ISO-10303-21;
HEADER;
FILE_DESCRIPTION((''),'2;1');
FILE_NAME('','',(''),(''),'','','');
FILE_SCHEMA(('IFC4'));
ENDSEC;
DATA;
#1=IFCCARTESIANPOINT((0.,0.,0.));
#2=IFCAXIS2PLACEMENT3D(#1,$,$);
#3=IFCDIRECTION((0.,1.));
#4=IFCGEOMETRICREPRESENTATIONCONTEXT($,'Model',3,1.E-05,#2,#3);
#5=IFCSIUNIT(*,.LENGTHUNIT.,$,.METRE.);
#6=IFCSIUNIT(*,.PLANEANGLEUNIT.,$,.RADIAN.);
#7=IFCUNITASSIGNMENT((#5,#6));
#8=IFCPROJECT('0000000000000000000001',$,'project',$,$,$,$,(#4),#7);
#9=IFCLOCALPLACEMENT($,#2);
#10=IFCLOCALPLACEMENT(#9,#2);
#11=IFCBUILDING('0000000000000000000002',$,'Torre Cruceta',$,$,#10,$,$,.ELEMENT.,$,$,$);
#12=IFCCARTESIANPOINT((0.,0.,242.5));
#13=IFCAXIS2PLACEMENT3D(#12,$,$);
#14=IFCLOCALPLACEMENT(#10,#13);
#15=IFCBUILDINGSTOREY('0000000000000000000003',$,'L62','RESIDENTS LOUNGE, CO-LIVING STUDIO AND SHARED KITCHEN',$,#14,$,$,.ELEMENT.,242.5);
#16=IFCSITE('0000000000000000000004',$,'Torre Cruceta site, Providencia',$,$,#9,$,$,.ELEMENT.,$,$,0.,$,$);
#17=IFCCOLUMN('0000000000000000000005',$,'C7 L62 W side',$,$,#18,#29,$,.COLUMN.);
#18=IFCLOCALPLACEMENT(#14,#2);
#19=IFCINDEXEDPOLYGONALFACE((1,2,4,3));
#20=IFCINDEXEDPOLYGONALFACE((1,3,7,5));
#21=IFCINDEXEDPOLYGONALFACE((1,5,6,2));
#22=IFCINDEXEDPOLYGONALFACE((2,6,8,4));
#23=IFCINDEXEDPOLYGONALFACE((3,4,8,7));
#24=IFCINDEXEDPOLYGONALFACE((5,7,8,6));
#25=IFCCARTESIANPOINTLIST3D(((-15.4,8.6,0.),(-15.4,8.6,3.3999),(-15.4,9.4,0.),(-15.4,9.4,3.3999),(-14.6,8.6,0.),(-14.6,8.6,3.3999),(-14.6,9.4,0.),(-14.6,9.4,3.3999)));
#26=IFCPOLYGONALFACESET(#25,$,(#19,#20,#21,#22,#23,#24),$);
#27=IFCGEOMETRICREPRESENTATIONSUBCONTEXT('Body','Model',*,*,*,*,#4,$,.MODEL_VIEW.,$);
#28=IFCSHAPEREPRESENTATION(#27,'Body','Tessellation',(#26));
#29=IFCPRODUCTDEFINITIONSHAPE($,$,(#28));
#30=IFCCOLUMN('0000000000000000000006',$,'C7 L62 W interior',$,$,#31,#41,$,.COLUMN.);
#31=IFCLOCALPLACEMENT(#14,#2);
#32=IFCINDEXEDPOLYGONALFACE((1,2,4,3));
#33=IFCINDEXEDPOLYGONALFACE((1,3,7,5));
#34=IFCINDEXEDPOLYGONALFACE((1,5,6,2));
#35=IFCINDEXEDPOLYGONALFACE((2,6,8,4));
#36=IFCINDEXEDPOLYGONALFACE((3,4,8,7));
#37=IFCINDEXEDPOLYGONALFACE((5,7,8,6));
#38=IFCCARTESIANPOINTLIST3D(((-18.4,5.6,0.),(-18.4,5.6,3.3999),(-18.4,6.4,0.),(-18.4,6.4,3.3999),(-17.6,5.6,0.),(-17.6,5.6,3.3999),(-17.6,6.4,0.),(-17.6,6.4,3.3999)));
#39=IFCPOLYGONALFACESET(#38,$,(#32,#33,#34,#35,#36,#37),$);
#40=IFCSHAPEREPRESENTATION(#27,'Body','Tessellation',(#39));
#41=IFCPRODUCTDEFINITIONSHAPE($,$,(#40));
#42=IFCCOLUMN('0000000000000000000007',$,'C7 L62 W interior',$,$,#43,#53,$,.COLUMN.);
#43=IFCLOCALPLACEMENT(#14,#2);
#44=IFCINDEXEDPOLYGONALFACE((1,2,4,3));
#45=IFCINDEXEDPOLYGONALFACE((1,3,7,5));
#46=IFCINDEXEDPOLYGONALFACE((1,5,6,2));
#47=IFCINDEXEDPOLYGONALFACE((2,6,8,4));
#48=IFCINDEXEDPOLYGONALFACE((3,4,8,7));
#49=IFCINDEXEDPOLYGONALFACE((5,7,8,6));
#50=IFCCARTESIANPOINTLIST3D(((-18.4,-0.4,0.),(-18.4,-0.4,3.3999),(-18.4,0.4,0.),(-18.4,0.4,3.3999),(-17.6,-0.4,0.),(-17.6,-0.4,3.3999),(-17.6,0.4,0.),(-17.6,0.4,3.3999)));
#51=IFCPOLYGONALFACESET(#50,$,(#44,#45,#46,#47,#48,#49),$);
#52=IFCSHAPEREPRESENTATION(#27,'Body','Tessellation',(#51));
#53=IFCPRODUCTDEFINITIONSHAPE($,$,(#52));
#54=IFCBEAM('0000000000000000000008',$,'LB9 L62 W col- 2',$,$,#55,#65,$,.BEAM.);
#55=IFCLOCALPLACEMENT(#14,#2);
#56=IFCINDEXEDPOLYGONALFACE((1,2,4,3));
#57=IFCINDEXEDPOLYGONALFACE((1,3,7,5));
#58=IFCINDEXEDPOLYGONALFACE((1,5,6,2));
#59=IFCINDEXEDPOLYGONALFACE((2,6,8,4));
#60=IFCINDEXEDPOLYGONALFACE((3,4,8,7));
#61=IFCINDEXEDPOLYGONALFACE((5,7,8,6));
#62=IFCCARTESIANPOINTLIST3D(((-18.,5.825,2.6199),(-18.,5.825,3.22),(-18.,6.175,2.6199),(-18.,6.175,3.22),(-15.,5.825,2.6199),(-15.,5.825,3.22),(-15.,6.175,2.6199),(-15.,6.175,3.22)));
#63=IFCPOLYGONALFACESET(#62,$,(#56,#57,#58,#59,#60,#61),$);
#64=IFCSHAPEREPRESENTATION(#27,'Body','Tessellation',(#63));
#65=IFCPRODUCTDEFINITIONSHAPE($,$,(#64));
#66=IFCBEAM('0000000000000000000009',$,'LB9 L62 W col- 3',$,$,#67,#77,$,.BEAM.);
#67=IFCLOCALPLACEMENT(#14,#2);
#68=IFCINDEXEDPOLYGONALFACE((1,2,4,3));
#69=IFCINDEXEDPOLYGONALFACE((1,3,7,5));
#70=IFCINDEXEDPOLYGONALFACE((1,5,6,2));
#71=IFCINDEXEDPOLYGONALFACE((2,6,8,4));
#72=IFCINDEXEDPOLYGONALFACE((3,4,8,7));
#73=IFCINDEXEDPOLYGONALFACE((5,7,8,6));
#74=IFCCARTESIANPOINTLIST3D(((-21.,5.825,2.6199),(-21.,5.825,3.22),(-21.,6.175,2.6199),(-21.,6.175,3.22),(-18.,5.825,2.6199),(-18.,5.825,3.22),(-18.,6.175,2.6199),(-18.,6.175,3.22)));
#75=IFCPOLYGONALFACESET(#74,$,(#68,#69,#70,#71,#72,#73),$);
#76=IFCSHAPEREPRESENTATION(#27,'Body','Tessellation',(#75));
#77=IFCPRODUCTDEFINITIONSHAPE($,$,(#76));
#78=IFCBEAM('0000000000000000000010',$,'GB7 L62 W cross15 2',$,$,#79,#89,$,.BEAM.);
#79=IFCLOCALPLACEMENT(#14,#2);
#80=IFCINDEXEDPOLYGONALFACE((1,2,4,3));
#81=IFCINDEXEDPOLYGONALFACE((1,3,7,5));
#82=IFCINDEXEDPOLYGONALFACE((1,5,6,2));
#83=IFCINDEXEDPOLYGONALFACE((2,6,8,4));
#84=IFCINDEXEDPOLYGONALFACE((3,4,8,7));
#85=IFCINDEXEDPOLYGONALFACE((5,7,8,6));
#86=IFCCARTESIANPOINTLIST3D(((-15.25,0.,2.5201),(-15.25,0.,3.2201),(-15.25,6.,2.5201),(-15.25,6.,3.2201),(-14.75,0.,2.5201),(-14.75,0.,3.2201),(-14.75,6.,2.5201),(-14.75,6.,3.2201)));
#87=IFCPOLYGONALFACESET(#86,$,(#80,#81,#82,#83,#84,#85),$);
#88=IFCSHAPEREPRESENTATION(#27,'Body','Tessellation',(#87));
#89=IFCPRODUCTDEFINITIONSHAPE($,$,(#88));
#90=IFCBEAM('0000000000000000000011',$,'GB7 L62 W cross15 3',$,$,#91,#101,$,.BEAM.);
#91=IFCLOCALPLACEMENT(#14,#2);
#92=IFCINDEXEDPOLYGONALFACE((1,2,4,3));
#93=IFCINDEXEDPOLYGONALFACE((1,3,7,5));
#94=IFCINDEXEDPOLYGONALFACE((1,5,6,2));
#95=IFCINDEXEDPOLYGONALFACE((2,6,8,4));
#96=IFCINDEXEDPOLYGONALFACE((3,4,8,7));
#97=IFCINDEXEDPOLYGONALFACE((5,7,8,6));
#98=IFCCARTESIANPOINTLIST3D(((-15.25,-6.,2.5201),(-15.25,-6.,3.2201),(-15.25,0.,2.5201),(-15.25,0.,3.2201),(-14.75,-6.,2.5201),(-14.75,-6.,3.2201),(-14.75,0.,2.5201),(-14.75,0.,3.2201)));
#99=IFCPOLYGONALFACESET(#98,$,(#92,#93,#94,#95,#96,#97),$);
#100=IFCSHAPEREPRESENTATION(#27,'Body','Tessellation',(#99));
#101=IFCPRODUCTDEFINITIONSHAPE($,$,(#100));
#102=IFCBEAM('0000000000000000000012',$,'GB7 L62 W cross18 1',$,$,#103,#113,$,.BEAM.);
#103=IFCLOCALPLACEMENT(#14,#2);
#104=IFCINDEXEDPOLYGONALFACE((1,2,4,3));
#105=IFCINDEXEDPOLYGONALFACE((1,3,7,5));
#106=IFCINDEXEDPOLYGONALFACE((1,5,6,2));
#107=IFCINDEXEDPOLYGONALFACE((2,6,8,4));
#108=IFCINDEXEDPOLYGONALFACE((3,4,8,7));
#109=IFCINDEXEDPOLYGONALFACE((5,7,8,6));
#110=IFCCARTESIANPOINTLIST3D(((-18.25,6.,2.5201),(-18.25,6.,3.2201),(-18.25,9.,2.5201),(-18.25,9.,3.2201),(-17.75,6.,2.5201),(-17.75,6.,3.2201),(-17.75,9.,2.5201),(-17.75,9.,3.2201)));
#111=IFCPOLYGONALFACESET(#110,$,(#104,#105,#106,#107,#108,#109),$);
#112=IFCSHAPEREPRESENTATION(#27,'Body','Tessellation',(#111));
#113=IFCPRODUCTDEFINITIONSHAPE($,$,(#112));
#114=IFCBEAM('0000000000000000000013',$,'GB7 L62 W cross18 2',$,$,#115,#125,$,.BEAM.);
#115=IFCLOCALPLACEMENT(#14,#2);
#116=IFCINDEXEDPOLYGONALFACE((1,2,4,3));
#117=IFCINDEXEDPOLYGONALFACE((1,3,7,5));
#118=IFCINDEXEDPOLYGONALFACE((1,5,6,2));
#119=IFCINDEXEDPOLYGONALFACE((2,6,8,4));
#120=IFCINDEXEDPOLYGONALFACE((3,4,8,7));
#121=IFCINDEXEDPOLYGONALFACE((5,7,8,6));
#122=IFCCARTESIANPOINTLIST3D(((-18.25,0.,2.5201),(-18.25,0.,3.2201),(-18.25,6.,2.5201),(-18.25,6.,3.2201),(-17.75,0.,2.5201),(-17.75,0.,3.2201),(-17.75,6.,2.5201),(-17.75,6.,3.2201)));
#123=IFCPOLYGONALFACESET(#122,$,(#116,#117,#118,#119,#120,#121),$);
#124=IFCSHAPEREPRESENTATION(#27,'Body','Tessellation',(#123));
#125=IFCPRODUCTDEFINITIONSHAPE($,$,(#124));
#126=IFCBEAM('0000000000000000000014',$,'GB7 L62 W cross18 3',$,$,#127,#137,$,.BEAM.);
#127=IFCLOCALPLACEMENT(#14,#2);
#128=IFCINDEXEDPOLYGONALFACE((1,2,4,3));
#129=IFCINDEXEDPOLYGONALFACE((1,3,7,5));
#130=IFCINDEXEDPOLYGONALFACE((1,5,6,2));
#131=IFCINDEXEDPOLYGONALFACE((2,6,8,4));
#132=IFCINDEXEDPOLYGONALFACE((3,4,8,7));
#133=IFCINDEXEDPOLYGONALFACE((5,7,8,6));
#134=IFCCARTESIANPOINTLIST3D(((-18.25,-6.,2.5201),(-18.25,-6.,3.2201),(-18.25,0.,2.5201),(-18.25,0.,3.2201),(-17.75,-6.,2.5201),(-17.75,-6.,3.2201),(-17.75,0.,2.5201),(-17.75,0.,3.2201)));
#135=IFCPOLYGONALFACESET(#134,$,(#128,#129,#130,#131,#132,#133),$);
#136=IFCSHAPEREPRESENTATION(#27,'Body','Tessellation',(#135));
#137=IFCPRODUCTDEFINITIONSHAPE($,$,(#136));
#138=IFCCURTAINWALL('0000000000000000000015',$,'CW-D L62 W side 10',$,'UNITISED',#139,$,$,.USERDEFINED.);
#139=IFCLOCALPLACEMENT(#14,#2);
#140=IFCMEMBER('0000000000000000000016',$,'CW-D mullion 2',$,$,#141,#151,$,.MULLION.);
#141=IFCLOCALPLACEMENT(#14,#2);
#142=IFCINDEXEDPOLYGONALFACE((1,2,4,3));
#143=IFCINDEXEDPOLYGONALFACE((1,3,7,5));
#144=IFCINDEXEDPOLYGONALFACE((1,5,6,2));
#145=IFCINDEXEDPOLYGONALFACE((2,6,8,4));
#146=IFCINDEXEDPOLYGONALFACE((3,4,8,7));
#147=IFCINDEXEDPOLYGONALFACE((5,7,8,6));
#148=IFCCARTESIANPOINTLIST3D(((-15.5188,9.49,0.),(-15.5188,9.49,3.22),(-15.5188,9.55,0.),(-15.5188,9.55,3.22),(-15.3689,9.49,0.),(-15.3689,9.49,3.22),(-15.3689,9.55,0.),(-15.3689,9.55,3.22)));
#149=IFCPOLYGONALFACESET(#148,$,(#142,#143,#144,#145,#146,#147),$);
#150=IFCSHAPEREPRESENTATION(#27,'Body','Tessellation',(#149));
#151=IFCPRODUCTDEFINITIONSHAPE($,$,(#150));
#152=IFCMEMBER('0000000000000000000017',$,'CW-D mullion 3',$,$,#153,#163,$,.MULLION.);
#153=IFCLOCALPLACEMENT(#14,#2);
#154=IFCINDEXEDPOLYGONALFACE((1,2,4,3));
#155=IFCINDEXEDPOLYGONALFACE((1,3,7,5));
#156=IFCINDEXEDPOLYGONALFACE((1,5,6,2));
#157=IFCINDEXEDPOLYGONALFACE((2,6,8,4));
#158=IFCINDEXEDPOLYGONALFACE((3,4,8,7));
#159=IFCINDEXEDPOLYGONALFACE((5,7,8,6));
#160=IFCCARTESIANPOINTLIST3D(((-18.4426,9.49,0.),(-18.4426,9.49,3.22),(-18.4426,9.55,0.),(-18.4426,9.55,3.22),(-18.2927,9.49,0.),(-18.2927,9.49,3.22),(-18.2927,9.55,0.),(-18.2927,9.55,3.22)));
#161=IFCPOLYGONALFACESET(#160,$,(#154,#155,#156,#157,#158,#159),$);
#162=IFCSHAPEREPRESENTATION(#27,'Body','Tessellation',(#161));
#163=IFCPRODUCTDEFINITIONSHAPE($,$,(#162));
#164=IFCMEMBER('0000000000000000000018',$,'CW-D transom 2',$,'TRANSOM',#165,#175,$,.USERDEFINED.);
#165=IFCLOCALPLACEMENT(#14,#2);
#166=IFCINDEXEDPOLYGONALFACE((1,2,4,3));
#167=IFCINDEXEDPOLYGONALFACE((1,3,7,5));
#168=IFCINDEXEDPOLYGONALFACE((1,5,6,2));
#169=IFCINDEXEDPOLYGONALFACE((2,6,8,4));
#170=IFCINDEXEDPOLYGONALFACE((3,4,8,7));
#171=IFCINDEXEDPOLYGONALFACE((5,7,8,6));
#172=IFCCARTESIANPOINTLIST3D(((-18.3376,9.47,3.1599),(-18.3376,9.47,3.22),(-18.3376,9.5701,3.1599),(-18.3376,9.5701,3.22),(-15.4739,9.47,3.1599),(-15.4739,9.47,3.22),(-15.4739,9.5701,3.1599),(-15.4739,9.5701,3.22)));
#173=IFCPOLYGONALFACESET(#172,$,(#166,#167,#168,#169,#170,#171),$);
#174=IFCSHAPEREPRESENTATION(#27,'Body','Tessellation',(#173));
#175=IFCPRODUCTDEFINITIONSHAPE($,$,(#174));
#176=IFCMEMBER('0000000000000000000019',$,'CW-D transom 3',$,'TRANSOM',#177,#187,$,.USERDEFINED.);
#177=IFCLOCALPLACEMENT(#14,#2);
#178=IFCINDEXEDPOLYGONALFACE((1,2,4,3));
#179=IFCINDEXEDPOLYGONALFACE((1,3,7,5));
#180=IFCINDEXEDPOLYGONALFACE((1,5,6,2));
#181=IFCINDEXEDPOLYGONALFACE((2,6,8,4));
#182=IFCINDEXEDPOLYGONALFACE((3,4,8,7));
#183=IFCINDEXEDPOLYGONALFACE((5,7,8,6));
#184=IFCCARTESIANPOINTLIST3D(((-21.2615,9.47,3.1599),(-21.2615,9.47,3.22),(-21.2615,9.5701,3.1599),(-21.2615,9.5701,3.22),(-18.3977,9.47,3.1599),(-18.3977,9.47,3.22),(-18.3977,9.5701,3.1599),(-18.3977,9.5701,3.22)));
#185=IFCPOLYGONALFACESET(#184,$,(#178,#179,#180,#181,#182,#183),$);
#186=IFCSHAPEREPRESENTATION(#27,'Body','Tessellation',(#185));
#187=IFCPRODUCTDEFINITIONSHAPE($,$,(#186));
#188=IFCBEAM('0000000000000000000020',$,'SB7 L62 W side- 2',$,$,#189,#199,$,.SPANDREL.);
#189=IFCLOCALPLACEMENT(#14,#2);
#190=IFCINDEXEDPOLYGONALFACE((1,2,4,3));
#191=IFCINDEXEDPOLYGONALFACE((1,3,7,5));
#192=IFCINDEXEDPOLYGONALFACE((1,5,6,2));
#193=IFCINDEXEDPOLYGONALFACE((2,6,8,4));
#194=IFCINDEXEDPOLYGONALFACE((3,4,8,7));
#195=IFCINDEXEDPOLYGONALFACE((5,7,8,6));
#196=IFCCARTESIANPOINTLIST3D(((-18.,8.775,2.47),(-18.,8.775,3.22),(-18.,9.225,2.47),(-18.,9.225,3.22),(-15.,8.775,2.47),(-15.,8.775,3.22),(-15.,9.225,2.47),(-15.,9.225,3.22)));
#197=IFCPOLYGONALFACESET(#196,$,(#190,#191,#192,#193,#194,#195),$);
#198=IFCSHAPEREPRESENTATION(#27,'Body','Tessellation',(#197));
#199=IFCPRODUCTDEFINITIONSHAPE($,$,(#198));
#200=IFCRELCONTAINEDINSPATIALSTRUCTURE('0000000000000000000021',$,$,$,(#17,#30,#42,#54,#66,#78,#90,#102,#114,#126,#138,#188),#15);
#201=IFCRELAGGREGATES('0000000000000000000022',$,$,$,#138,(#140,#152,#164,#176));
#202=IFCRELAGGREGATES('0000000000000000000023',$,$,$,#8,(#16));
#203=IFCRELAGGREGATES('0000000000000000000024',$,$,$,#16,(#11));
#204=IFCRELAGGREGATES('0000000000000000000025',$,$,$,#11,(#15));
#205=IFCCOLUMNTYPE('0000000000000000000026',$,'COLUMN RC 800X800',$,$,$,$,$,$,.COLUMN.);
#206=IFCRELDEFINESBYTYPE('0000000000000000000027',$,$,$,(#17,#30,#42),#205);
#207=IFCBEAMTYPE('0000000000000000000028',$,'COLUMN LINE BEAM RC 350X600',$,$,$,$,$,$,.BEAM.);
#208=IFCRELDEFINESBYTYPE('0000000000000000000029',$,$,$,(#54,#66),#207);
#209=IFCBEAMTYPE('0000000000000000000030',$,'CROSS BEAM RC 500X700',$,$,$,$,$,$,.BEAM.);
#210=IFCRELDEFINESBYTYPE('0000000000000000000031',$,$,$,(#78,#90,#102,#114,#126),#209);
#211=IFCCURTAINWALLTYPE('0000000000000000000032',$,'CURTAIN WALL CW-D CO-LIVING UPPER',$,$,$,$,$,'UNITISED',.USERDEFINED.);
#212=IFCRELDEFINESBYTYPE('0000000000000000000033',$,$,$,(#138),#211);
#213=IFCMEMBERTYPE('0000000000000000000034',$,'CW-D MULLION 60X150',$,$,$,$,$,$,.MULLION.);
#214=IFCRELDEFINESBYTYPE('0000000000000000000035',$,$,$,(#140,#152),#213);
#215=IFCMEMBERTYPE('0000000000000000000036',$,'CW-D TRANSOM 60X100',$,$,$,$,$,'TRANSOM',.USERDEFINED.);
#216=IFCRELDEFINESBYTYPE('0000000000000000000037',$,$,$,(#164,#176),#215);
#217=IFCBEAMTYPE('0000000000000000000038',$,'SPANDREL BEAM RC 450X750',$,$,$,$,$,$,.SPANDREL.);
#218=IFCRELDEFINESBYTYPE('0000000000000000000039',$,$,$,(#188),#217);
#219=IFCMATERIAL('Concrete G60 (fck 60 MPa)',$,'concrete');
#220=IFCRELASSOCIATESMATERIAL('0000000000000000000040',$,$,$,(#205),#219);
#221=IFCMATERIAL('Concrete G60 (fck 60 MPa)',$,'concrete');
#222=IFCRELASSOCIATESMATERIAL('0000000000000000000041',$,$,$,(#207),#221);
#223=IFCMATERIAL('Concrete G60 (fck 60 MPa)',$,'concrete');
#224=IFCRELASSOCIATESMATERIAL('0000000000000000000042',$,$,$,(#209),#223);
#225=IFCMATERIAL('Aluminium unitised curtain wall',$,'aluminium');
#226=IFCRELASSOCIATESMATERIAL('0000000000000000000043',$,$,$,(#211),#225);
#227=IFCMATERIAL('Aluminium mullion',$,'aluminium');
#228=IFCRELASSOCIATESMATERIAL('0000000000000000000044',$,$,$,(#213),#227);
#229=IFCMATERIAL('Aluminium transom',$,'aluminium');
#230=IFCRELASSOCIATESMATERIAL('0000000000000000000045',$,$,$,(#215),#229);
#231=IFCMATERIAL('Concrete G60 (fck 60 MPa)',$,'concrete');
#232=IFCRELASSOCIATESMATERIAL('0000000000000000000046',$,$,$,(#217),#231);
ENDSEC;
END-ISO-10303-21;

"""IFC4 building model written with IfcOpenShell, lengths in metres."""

from ifc_helpers import new_model, si_unit, direction, frame, origin, origin_2d, place, context, subcontext, project, spatial, rectangle, extrude, material, material_profile, profile_set, type_object, element, aggregate, save


model = new_model("IFC4")

# Units and contexts
model_context = context("Model", 3, precision=1e-05, world=origin(), true_north=direction((0.0, 1.0)))
body_context = subcontext(model_context, "Body", "Model", "MODEL_VIEW")
ifc_project = project(units=[si_unit("LENGTHUNIT", "METRE"), si_unit("PLANEANGLEUNIT", "RADIAN")], contexts=[model_context])

# Site, building, storey
site_placement = place(None, origin())
site = spatial("IfcSite", under=ifc_project, at=site_placement, Name="Torre Cruceta site, Providencia", CompositionType="ELEMENT", RefElevation=0.0)
building_placement = place(site_placement, origin())
building = spatial("IfcBuilding", under=site, at=building_placement, Name="Torre Cruceta", CompositionType="ELEMENT")
storey_placement = place(building_placement, frame((0.0, 0.0, 242.5)))
storey = spatial("IfcBuildingStorey", under=building, at=storey_placement, Name="L62", Description="RESIDENTS LOUNGE, CO-LIVING STUDIO AND SHARED KITCHEN", CompositionType="ELEMENT", Elevation=242.5)

# Columns
ifc_material_1 = material(Name="Concrete G60 (fck 60 MPa)", Category="concrete")
ifc_material_profile_1 = material_profile(ifc_material_1, rectangle(XDim=0.8, YDim=0.8, at=origin_2d()), Name="RC 800X800")
ifc_profile_set_1 = profile_set([ifc_material_profile_1], Name="Concrete G60 (fck 60 MPa)")
column_type = type_object("IfcColumnType", Name="COLUMN RC 800X800", PredefinedType="COLUMN", material=ifc_profile_set_1)
for number, where, z_axis, x_axis, name in (
    (1, (-15.0, 9.0, 0.0), (0.0, 0.0, 1.0), (1.0, 0.0, 0.0), "C7 L62 W side"),
    (2, (-18.0, 6.0, 0.0), (0.0, 0.0, 1.0), (1.0, 0.0, 0.0), "C7 L62 W interior"),
    (3, (-18.0, 0.0, 0.0), (0.0, 0.0, 1.0), (1.0, 0.0, 0.0), "C7 L62 W interior"),
):
    element("IfcColumn", number, at=place(storey_placement, frame(where, z_axis=z_axis, x_axis=x_axis)), inside=storey, type_object=column_type, Name=name, PredefinedType="COLUMN", context=body_context, shape_type="SweptSolid", body=[
        extrude(rectangle(XDim=0.8, YDim=0.8, at=origin_2d()), origin(), (0.0, 0.0, 1.0), 3.3999),
    ])

# Beams
ifc_material_2 = material(Name="Concrete G60 (fck 60 MPa)", Category="concrete")
ifc_material_profile_2 = material_profile(ifc_material_2, rectangle(XDim=0.3501, YDim=0.6001, at=origin_2d()), Name="RC 350X600")
ifc_profile_set_2 = profile_set([ifc_material_profile_2], Name="Concrete G60 (fck 60 MPa)")
beam_type_1 = type_object("IfcBeamType", Name="COLUMN LINE BEAM RC 350X600", PredefinedType="BEAM", material=ifc_profile_set_2)
for number, where, z_axis, x_axis, name in (
    (4, (-15.0, 6.0, 2.9199), (-1.0, 0.0, 0.0), (0.0, -1.0, 0.0), "LB9 L62 W col- 2"),
    (5, (-18.0, 6.0, 2.9199), (-1.0, 0.0, 0.0), (0.0, -1.0, 0.0), "LB9 L62 W col- 3"),
):
    element("IfcBeam", number, at=place(storey_placement, frame(where, z_axis=z_axis, x_axis=x_axis)), inside=storey, type_object=beam_type_1, Name=name, PredefinedType="BEAM", context=body_context, shape_type="SweptSolid", body=[
        extrude(rectangle(XDim=0.3501, YDim=0.6001, at=origin_2d()), origin(), (0.0, 0.0, 1.0), 3.0),
    ])
ifc_material_3 = material(Name="Concrete G60 (fck 60 MPa)", Category="concrete")
ifc_material_profile_3 = material_profile(ifc_material_3, rectangle(XDim=0.5, YDim=0.7, at=origin_2d()), Name="RC 500X700")
ifc_profile_set_3 = profile_set([ifc_material_profile_3], Name="Concrete G60 (fck 60 MPa)")
beam_type_2 = type_object("IfcBeamType", Name="CROSS BEAM RC 500X700", PredefinedType="BEAM", material=ifc_profile_set_3)
for number, where, z_axis, x_axis, name in (
    (6, (-15.0, 6.0, 2.8701), (0.0, -1.0, 0.0), (1.0, 0.0, 0.0), "GB7 L62 W cross15 2"),
    (7, (-15.0, 0.0, 2.8701), (0.0, -1.0, 0.0), (1.0, 0.0, 0.0), "GB7 L62 W cross15 3"),
):
    element("IfcBeam", number, at=place(storey_placement, frame(where, z_axis=z_axis, x_axis=x_axis)), inside=storey, type_object=beam_type_2, Name=name, PredefinedType="BEAM", context=body_context, shape_type="SweptSolid", body=[
        extrude(rectangle(XDim=0.5, YDim=0.7, at=origin_2d()), origin(), (0.0, 0.0, 1.0), 6.0),
    ])
beam_placement = place(storey_placement, frame((-18.0, 9.0, 2.8701), z_axis=(0.0, -1.0, 0.0), x_axis=(1.0, 0.0, 0.0)))
element("IfcBeam", 8, at=beam_placement, inside=storey, type_object=beam_type_2, Name="GB7 L62 W cross18 1", PredefinedType="BEAM", context=body_context, shape_type="SweptSolid", body=[
    extrude(rectangle(XDim=0.5, YDim=0.7, at=origin_2d()), origin(), (0.0, 0.0, 1.0), 3.0),
])
for number, where, z_axis, x_axis, name in (
    (9, (-18.0, 6.0, 2.8701), (0.0, -1.0, 0.0), (1.0, 0.0, 0.0), "GB7 L62 W cross18 2"),
    (10, (-18.0, 0.0, 2.8701), (0.0, -1.0, 0.0), (1.0, 0.0, 0.0), "GB7 L62 W cross18 3"),
):
    element("IfcBeam", number, at=place(storey_placement, frame(where, z_axis=z_axis, x_axis=x_axis)), inside=storey, type_object=beam_type_2, Name=name, PredefinedType="BEAM", context=body_context, shape_type="SweptSolid", body=[
        extrude(rectangle(XDim=0.5, YDim=0.7, at=origin_2d()), origin(), (0.0, 0.0, 1.0), 6.0),
    ])

# Curtain wall, members
ifc_material_4 = material(Name="Aluminium unitised curtain wall", Category="aluminium")
curtain_wall_type = type_object("IfcCurtainWallType", Name="CURTAIN WALL CW-D CO-LIVING UPPER", ElementType="UNITISED", PredefinedType="USERDEFINED", material=ifc_material_4)
curtain_wall_placement = place(storey_placement, origin())
curtain_wall = element("IfcCurtainWall", 11, at=curtain_wall_placement, inside=storey, type_object=curtain_wall_type, Name="CW-D L62 W side 10", ObjectType="UNITISED", PredefinedType="USERDEFINED")
ifc_material_5 = material(Name="Aluminium mullion", Category="aluminium")
ifc_material_profile_4 = material_profile(ifc_material_5, rectangle(XDim=0.0601, YDim=0.1499, at=origin_2d()), Name="AL 60X150")
ifc_profile_set_4 = profile_set([ifc_material_profile_4], Name="Aluminium mullion")
member_type_1 = type_object("IfcMemberType", Name="CW-D MULLION 60X150", PredefinedType="MULLION", material=ifc_profile_set_4)
member_1_placement = place(storey_placement, frame((-15.4438, 9.52, 0.0), z_axis=(0.0, 0.0, 1.0), x_axis=(0.0, -1.0, 0.0)))
member_1 = element("IfcMember", 12, at=member_1_placement, type_object=member_type_1, Name="CW-D mullion 2", PredefinedType="MULLION", context=body_context, shape_type="SweptSolid", body=[
    extrude(rectangle(XDim=0.0601, YDim=0.1499, at=origin_2d()), origin(), (0.0, 0.0, 1.0), 3.22),
])
member_2_placement = place(storey_placement, frame((-18.3677, 9.52, 0.0), z_axis=(0.0, 0.0, 1.0), x_axis=(0.0, -1.0, 0.0)))
member_2 = element("IfcMember", 13, at=member_2_placement, type_object=member_type_1, Name="CW-D mullion 3", PredefinedType="MULLION", context=body_context, shape_type="SweptSolid", body=[
    extrude(rectangle(XDim=0.0601, YDim=0.1499, at=origin_2d()), origin(), (0.0, 0.0, 1.0), 3.22),
])
ifc_material_6 = material(Name="Aluminium transom", Category="aluminium")
ifc_material_profile_5 = material_profile(ifc_material_6, rectangle(XDim=0.1001, YDim=0.0601, at=origin_2d()), Name="AL 100X60")
ifc_profile_set_5 = profile_set([ifc_material_profile_5], Name="Aluminium transom")
member_type_2 = type_object("IfcMemberType", Name="CW-D TRANSOM 60X100", ElementType="TRANSOM", PredefinedType="USERDEFINED", material=ifc_profile_set_5)
member_3_placement = place(storey_placement, frame((-15.4739, 9.52, 3.1899), z_axis=(-1.0, 0.0, 0.0), x_axis=(0.0, -1.0, 0.0)))
member_3 = element("IfcMember", 14, at=member_3_placement, type_object=member_type_2, Name="CW-D transom 2", ObjectType="TRANSOM", PredefinedType="USERDEFINED", context=body_context, shape_type="SweptSolid", body=[
    extrude(rectangle(XDim=0.1001, YDim=0.0601, at=origin_2d()), origin(), (0.0, 0.0, 1.0), 2.8638),
])
member_4_placement = place(storey_placement, frame((-18.3977, 9.52, 3.1899), z_axis=(-1.0, 0.0, 0.0), x_axis=(0.0, -1.0, 0.0)))
member_4 = element("IfcMember", 15, at=member_4_placement, type_object=member_type_2, Name="CW-D transom 3", ObjectType="TRANSOM", PredefinedType="USERDEFINED", context=body_context, shape_type="SweptSolid", body=[
    extrude(rectangle(XDim=0.1001, YDim=0.0601, at=origin_2d()), origin(), (0.0, 0.0, 1.0), 2.8638),
])

# Beam
ifc_material_7 = material(Name="Concrete G60 (fck 60 MPa)", Category="concrete")
ifc_material_profile_6 = material_profile(ifc_material_7, rectangle(XDim=0.45, YDim=0.75, at=origin_2d()), Name="RC 450X750")
ifc_profile_set_6 = profile_set([ifc_material_profile_6], Name="Concrete G60 (fck 60 MPa)")
beam_type_3 = type_object("IfcBeamType", Name="SPANDREL BEAM RC 450X750", PredefinedType="SPANDREL", material=ifc_profile_set_6)
for number, where, z_axis, x_axis, name in (
    (16, (-15.0, 9.0, 2.845), (-1.0, 0.0, 0.0), (0.0, -1.0, 0.0), "SB7 L62 W side- 2"),
):
    element("IfcBeam", number, at=place(storey_placement, frame(where, z_axis=z_axis, x_axis=x_axis)), inside=storey, type_object=beam_type_3, Name=name, PredefinedType="SPANDREL", context=body_context, shape_type="SweptSolid", body=[
        extrude(rectangle(XDim=0.45, YDim=0.75, at=origin_2d()), origin(), (0.0, 0.0, 1.0), 3.0),
    ])

aggregate(curtain_wall, [member_1, member_2, member_3, member_4])

save(model, "model.ifc")
